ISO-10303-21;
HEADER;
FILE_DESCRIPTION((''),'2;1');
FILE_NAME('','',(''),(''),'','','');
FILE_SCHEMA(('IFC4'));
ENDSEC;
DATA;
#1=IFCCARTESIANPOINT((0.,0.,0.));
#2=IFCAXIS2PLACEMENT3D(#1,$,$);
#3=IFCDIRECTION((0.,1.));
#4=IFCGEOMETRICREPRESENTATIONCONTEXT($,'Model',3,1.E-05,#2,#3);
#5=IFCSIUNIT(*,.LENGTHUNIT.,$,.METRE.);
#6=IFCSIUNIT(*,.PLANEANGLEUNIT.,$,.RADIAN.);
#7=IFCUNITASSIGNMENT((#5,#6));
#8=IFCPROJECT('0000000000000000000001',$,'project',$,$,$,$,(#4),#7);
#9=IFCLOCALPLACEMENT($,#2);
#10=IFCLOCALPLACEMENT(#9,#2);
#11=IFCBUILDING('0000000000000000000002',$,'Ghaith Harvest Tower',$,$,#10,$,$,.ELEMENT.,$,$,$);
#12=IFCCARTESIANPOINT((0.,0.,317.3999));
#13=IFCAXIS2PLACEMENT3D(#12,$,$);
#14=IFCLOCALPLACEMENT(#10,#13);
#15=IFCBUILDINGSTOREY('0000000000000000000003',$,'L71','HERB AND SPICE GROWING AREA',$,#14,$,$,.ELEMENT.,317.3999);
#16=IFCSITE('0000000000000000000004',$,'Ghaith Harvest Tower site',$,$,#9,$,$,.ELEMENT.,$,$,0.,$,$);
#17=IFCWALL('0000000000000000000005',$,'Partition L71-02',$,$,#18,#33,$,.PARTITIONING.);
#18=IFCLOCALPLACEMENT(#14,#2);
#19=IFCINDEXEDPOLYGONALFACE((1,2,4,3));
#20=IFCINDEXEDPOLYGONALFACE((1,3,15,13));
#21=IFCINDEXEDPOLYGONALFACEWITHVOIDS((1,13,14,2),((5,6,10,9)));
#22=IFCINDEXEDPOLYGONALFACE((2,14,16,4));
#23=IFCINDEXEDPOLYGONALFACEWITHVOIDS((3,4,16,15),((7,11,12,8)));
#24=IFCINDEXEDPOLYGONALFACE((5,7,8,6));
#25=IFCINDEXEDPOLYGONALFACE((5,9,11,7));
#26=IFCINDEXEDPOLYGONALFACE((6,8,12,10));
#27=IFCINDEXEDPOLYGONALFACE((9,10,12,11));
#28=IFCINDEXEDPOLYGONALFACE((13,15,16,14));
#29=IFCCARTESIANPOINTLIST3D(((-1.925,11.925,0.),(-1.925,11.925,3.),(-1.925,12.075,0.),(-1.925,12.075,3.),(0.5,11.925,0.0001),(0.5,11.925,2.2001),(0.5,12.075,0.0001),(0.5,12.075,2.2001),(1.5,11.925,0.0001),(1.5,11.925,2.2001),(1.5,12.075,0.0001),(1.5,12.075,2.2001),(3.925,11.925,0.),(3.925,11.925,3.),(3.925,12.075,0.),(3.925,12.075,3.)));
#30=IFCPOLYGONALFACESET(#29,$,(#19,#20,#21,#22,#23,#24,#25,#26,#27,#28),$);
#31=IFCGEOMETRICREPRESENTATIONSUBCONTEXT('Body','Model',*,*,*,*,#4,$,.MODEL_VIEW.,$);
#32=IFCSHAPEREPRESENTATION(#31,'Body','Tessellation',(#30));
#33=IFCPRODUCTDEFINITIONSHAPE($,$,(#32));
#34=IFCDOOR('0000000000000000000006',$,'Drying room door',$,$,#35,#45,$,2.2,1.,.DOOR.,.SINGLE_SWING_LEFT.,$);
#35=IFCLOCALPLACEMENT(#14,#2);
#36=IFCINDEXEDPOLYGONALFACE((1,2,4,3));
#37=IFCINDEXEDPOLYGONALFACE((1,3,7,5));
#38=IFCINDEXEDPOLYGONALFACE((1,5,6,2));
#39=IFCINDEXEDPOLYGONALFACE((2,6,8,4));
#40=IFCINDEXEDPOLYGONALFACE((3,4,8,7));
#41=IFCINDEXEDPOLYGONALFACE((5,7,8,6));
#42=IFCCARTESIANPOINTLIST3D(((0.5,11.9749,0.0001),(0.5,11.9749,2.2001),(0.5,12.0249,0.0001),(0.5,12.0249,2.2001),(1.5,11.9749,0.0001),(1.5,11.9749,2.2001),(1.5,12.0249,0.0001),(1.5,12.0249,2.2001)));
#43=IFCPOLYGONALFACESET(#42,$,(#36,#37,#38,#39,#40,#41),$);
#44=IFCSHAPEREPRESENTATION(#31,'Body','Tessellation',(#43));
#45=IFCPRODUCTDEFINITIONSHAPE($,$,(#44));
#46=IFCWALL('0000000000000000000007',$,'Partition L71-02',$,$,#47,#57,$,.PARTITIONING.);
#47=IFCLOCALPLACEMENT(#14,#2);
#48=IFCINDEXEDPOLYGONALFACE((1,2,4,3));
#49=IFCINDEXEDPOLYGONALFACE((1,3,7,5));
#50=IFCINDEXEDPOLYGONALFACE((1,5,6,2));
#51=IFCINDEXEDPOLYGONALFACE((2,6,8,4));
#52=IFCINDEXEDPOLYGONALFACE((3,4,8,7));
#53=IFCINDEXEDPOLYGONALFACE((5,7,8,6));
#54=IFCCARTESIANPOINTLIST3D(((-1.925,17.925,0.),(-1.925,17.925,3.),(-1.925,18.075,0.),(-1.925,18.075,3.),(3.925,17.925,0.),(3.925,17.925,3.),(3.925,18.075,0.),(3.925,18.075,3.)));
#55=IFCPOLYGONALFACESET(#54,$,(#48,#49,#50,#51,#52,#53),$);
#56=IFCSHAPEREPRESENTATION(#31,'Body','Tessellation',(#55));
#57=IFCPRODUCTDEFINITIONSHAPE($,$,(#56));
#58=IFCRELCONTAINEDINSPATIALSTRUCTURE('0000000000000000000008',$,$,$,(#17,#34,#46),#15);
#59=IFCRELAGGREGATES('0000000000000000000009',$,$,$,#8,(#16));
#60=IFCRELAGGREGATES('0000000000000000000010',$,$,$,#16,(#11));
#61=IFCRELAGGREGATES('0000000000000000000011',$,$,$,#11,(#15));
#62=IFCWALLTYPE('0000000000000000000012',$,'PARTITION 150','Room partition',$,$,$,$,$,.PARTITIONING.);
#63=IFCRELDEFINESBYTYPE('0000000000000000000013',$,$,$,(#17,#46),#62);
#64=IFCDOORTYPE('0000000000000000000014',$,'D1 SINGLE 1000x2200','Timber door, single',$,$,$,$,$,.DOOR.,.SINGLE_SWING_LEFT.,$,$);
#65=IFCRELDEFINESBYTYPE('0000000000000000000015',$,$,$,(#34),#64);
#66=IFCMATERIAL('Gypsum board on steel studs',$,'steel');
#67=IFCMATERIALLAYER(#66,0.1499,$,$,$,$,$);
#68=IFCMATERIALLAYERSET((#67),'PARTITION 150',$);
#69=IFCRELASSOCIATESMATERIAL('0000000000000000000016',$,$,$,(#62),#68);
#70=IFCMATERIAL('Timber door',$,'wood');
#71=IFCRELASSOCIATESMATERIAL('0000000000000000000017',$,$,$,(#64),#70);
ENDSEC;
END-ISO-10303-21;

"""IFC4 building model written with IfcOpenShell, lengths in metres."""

from ifc_helpers import new_model, si_unit, direction, frame, frame_2d, origin, place, context, subcontext, project, spatial, rectangle, extrude, material, layer, layer_set, type_object, element, fill, save


model = new_model("IFC4")

# Units and contexts
model_context = context("Model", 3, precision=1e-05, world=origin(), true_north=direction((0.0, 1.0)))
body_context = subcontext(model_context, "Body", "Model", "MODEL_VIEW")
ifc_project = project(units=[si_unit("LENGTHUNIT", "METRE"), si_unit("PLANEANGLEUNIT", "RADIAN")], contexts=[model_context])

# Site, building, storey
site_placement = place(None, origin())
site = spatial("IfcSite", under=ifc_project, at=site_placement, Name="Ghaith Harvest Tower site", CompositionType="ELEMENT", RefElevation=0.0)
building_placement = place(site_placement, origin())
building = spatial("IfcBuilding", under=site, at=building_placement, Name="Ghaith Harvest Tower", CompositionType="ELEMENT")
storey_placement = place(building_placement, frame((0.0, 0.0, 317.3999)))
storey = spatial("IfcBuildingStorey", under=building, at=storey_placement, Name="L71", Description="HERB AND SPICE GROWING AREA", CompositionType="ELEMENT", Elevation=317.3999)

# Shared definitions
ifc_material_1 = material(Name="Gypsum board on steel studs", Category="steel")
ifc_layer_1 = layer(ifc_material_1, 0.1499)
ifc_layer_set_1 = layer_set([ifc_layer_1], Name="PARTITION 150")
wall_type = type_object("IfcWallType", Name="PARTITION 150", Description="Room partition", PredefinedType="PARTITIONING", material=ifc_layer_set_1)

# Shared definitions
ifc_material_2 = material(Name="Timber door", Category="wood")
door_type_1 = type_object("IfcDoorType", Name="D1 SINGLE 1000x2200", Description="Timber door, single", OperationType="SINGLE_SWING_LEFT", PredefinedType="DOOR", material=ifc_material_2)

# Wall, opening, door
wall_1_placement = place(storey_placement, frame((-1.925, 12.0, 0.0), z_axis=(0.0, 0.0, 1.0), x_axis=(1.0, 0.0, 0.0)))
wall_1 = element("IfcWall", 1, at=wall_1_placement, inside=storey, type_object=wall_type, Name="Partition L71-02", PredefinedType="PARTITIONING", context=body_context, shape_type="SweptSolid", body=[
    extrude(rectangle(XDim=5.8501, YDim=0.1499, at=frame_2d((2.925, 0.0))), origin(), (0.0, 0.0, 1.0), 3.0),
])
opening_1_placement = place(wall_1_placement, frame((2.425, 0.0, 0.0)))
opening_1 = element("IfcOpeningElement", 2, at=opening_1_placement, cuts=wall_1, PredefinedType="OPENING", context=body_context, shape_type="SweptSolid", body=[
    extrude(rectangle(XDim=1.0, YDim=2.2, at=frame_2d((0.5, 1.1001))), frame((0.0, 0.085, 0.0), z_axis=(0.0, -1.0, 0.0), x_axis=(1.0, 0.0, 0.0)), (0.0, 0.0, 1.0), 0.1699),
])
door_1_placement = place(opening_1_placement, origin())
door_1 = element("IfcDoor", 3, at=door_1_placement, inside=storey, type_object=door_type_1, Name="Drying room door", OperationType="SINGLE_SWING_LEFT", OverallHeight=2.2, OverallWidth=1.0, PredefinedType="DOOR", context=body_context, shape_type="SweptSolid", body=[
    extrude(rectangle(XDim=1.0, YDim=2.2, at=frame_2d((0.5, 1.1001))), frame((0.0, 0.0249, 0.0), z_axis=(0.0, -1.0, 0.0), x_axis=(1.0, 0.0, 0.0)), (0.0, 0.0, 1.0), 0.05),
])
fill(opening_1, door_1)

# Wall
wall_2_placement = place(storey_placement, frame((-1.925, 18.0, 0.0), z_axis=(0.0, 0.0, 1.0), x_axis=(1.0, 0.0, 0.0)))
element("IfcWall", 4, at=wall_2_placement, inside=storey, type_object=wall_type, Name="Partition L71-02", PredefinedType="PARTITIONING", context=body_context, shape_type="SweptSolid", body=[
    extrude(rectangle(XDim=5.8501, YDim=0.1499, at=frame_2d((2.925, 0.0))), origin(), (0.0, 0.0, 1.0), 3.0),
])

save(model, "model.ifc")
